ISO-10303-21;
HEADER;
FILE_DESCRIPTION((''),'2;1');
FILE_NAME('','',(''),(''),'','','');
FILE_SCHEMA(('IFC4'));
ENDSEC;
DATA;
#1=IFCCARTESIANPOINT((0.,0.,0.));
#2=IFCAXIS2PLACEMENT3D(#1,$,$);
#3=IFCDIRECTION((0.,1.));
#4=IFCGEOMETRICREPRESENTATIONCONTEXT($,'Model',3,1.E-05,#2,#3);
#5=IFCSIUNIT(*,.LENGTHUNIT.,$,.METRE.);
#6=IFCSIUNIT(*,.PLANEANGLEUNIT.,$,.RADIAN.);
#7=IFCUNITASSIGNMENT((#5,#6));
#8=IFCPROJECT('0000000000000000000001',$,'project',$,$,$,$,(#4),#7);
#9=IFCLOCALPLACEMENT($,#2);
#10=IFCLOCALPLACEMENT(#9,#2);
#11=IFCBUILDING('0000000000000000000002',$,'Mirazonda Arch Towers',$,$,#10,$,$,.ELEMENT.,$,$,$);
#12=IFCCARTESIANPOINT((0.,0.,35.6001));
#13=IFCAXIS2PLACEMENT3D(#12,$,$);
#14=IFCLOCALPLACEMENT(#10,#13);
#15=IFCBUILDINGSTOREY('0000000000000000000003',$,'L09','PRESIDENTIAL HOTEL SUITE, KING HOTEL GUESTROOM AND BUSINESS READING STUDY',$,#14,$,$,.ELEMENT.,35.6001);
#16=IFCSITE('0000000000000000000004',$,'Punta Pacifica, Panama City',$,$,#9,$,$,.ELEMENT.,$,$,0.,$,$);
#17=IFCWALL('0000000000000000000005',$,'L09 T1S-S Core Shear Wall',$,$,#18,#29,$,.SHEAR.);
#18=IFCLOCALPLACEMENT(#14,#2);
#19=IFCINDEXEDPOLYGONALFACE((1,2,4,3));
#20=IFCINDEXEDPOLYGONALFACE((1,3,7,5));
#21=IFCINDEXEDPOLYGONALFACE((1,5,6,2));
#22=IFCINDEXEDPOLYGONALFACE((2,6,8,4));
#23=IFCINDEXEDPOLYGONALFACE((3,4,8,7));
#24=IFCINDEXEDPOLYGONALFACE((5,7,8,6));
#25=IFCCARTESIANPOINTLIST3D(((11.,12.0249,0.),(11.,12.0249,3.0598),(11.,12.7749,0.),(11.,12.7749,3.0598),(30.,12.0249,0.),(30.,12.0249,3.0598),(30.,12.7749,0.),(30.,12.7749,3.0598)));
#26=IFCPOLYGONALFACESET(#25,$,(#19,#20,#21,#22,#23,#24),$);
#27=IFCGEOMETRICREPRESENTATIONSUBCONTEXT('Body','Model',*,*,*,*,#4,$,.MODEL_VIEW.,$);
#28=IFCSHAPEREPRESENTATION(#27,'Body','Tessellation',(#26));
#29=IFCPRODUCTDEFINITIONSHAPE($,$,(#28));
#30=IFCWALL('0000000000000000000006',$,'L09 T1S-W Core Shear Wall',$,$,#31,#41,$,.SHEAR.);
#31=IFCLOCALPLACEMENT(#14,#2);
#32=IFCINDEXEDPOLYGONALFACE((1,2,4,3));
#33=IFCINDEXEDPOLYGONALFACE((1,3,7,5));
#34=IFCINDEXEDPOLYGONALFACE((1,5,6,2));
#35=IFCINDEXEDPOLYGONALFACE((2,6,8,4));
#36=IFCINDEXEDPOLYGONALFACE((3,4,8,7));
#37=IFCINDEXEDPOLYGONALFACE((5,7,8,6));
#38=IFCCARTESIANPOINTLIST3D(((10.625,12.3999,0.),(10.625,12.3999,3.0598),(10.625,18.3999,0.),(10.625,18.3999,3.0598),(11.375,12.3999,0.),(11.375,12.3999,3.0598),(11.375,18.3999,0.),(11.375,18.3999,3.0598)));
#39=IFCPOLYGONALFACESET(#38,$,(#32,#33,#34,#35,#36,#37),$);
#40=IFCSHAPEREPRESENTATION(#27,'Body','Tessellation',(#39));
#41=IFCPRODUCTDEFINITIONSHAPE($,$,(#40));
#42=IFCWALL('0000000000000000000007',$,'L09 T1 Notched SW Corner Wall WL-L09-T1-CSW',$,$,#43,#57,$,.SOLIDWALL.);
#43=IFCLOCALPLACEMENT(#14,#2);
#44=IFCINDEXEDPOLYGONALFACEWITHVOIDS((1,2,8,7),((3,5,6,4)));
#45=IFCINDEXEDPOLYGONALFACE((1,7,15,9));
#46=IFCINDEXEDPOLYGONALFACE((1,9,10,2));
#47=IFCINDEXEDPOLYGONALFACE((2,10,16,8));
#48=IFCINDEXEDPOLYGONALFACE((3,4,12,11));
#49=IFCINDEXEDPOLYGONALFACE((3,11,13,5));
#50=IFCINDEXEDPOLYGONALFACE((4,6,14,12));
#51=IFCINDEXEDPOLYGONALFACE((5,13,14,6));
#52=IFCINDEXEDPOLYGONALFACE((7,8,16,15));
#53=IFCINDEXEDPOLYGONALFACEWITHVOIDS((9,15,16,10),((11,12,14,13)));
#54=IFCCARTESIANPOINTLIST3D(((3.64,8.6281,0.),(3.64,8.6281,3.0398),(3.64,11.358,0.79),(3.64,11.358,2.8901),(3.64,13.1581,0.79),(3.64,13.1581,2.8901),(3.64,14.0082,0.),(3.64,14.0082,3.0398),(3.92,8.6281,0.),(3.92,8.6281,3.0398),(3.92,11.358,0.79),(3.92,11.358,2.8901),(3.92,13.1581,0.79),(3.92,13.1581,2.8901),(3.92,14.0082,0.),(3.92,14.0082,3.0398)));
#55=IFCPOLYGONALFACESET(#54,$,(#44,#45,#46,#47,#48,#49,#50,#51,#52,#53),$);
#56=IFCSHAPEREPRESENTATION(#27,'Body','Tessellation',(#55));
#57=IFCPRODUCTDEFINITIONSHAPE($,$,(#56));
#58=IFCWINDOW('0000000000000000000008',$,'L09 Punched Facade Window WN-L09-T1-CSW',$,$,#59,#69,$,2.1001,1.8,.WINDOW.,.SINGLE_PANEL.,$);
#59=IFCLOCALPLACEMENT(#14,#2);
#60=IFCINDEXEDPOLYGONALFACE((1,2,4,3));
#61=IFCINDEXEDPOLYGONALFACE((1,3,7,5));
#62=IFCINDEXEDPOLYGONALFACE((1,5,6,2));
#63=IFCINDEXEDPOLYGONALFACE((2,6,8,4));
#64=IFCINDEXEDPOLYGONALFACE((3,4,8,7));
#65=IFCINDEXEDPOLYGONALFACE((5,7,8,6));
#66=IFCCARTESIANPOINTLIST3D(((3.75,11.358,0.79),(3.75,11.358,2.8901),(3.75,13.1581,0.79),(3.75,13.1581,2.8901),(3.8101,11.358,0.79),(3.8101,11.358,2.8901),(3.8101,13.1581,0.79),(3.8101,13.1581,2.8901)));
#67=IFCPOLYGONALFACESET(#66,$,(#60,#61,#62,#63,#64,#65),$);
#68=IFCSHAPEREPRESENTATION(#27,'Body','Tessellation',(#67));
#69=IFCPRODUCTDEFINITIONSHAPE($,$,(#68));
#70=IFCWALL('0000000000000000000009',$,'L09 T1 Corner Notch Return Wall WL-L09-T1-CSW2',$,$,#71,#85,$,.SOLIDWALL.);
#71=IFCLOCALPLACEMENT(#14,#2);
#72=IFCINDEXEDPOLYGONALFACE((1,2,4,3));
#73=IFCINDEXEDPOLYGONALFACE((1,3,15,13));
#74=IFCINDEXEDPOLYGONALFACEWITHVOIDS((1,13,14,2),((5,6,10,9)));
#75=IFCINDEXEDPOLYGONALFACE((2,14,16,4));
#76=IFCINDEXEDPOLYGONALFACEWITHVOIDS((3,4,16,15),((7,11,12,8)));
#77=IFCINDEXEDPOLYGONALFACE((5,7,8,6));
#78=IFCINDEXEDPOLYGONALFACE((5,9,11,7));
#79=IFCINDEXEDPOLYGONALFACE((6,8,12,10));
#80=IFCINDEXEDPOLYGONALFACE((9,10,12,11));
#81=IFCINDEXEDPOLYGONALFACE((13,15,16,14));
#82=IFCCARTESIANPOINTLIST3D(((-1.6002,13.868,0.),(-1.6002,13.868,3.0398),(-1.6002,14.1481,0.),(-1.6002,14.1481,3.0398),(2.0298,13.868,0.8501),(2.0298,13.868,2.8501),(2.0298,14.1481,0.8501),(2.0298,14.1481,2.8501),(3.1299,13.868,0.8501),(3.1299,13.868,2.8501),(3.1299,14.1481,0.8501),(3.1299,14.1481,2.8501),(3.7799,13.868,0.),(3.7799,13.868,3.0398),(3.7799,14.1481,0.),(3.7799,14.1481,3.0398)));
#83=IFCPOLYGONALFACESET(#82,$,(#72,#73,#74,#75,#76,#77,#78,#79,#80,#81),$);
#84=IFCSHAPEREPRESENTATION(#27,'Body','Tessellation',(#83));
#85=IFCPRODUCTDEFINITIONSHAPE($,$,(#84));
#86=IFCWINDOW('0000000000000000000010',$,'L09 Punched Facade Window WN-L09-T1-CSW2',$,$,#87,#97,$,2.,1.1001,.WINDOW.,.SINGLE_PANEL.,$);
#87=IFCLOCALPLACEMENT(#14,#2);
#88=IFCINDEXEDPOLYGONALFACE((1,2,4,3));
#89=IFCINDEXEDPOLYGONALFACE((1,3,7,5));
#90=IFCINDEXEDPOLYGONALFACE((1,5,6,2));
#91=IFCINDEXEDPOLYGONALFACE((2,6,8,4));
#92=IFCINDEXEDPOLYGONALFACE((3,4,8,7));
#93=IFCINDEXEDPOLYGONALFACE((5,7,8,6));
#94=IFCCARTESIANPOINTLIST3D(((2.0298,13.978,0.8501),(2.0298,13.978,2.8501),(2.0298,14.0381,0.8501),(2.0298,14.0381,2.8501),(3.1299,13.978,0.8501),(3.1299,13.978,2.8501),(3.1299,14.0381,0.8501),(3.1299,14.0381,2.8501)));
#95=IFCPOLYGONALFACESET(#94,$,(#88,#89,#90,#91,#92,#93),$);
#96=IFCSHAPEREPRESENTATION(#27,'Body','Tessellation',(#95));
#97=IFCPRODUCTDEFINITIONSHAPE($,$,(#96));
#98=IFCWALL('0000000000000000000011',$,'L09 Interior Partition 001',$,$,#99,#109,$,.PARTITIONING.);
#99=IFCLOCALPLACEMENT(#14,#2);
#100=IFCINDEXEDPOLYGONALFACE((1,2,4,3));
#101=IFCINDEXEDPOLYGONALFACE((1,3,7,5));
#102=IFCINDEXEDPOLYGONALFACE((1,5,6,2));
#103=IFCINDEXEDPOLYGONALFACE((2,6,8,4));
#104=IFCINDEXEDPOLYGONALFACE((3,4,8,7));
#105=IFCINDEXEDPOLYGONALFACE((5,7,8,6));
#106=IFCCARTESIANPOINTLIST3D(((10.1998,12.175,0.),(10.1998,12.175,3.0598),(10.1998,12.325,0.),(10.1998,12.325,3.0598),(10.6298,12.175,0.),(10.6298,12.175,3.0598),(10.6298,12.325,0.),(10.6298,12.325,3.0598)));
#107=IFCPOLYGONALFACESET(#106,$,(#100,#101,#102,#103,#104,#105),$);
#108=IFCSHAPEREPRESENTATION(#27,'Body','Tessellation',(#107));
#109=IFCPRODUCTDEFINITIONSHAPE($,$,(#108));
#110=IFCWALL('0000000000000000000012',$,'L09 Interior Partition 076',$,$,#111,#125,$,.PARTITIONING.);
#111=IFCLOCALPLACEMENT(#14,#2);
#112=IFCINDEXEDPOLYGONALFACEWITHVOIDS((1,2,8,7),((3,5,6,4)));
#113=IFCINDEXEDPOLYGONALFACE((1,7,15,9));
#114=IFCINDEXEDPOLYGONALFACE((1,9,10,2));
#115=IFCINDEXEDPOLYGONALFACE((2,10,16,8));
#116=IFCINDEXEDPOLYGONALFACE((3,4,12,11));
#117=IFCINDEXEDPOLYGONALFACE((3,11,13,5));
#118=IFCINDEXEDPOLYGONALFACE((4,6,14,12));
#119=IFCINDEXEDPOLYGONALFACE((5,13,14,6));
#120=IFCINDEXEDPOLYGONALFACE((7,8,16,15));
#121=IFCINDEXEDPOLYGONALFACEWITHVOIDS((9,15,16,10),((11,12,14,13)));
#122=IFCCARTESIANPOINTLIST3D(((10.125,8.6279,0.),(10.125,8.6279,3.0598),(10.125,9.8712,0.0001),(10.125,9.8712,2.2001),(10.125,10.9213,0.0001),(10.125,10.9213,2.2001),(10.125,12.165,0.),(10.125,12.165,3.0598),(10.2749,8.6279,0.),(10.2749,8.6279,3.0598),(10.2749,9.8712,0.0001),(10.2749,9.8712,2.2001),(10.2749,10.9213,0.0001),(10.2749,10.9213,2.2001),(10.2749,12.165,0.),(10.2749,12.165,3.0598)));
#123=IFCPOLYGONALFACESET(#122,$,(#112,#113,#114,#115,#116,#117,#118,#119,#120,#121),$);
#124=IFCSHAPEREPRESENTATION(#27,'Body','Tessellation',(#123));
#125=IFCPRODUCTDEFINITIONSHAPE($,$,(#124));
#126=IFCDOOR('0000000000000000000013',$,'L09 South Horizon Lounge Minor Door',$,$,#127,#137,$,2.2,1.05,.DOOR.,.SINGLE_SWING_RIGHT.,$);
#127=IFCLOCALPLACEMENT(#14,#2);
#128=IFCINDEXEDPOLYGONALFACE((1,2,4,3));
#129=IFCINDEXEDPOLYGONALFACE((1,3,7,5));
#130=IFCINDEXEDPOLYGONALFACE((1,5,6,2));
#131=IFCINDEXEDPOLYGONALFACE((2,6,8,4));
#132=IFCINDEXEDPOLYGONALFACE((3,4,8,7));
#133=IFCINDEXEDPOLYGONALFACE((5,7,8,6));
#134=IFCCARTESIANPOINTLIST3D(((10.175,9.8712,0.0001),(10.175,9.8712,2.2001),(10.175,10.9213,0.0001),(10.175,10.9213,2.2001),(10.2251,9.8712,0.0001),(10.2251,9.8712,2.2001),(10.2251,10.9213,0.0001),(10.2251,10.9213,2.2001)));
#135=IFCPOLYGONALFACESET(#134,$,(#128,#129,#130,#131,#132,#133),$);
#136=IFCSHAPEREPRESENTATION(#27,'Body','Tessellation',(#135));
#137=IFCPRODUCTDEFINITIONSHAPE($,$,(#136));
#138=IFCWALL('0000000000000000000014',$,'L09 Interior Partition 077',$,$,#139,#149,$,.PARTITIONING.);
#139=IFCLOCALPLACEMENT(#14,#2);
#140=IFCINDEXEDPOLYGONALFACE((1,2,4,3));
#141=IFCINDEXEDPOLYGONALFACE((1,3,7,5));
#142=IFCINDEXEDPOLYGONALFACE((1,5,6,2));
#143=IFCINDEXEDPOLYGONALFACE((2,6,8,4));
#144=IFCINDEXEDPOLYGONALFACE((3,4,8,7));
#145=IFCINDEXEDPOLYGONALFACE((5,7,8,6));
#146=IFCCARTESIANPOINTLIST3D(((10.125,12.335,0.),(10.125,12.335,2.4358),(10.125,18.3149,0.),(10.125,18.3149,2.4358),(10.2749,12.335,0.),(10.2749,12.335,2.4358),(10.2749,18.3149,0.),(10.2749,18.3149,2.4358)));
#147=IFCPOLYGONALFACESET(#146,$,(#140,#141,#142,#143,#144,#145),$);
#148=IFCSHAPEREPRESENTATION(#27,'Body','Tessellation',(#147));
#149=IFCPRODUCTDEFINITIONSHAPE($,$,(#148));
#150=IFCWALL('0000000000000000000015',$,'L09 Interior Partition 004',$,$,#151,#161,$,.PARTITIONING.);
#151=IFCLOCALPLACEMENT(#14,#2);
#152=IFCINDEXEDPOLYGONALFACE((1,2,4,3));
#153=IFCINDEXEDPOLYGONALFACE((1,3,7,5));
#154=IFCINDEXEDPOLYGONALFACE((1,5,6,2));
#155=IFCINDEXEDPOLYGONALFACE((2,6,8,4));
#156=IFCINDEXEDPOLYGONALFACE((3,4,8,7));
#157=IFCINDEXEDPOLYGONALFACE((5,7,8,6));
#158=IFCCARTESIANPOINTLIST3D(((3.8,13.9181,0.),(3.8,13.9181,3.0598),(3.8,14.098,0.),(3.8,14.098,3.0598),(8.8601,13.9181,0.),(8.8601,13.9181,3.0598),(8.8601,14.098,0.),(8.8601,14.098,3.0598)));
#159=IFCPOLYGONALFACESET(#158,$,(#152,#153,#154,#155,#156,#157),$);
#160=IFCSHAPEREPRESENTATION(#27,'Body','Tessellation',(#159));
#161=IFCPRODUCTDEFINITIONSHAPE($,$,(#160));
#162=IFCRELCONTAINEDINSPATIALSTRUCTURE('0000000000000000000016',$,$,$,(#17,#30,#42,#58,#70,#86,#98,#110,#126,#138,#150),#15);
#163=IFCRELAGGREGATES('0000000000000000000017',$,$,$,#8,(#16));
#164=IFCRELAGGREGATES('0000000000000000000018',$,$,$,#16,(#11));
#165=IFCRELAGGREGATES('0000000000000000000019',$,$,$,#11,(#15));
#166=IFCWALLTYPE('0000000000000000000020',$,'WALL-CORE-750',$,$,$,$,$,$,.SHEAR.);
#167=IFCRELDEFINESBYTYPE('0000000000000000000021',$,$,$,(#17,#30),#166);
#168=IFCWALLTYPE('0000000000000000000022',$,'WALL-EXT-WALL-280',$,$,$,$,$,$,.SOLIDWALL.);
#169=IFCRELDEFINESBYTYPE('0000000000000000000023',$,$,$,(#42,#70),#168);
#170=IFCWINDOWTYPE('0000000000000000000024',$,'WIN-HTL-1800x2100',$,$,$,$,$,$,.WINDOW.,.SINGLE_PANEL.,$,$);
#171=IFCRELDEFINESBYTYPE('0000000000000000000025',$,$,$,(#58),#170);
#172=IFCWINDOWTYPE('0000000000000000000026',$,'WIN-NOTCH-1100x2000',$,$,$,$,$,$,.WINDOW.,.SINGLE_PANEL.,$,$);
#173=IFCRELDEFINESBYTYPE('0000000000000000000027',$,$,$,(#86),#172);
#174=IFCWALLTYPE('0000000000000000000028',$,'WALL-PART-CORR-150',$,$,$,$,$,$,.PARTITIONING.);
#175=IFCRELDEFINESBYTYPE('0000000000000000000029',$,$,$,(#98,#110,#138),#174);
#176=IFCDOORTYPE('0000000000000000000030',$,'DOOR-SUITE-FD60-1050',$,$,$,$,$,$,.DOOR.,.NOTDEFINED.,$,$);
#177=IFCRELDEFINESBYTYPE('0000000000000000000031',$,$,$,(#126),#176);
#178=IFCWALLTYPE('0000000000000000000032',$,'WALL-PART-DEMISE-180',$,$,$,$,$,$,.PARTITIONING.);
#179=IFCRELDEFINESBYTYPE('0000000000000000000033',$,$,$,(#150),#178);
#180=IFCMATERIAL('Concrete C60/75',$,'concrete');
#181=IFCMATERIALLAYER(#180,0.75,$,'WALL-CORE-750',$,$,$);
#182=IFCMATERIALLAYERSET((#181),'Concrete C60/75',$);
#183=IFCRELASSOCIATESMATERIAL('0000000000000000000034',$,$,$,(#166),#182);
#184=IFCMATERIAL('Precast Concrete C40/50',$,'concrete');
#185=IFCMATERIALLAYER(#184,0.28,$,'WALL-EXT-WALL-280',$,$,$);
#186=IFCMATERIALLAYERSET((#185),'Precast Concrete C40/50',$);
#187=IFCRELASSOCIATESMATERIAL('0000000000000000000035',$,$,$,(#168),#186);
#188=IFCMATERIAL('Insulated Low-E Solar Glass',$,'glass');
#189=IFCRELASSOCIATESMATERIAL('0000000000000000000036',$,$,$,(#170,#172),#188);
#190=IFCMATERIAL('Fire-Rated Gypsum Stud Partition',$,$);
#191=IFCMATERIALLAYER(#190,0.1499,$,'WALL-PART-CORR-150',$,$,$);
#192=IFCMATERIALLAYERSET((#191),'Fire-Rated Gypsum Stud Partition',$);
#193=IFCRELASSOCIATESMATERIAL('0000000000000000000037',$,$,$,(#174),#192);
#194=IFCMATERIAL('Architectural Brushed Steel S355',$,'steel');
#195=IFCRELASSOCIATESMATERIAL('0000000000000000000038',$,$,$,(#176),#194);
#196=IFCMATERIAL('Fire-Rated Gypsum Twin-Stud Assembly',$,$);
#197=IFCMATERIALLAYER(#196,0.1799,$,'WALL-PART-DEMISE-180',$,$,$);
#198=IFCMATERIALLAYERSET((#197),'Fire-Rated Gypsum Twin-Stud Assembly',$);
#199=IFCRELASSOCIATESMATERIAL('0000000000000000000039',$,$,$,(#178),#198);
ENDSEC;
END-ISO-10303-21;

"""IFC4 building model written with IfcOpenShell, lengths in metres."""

from ifc_helpers import new_model, si_unit, direction, frame, frame_2d, origin, place, context, subcontext, project, spatial, rectangle, extrude, material, layer, layer_set, type_object, element, fill, save


model = new_model("IFC4")

# Units and contexts
model_context = context("Model", 3, precision=1e-05, world=origin(), true_north=direction((0.0, 1.0)))
body_context = subcontext(model_context, "Body", "Model", "MODEL_VIEW")
ifc_project = project(units=[si_unit("LENGTHUNIT", "METRE"), si_unit("PLANEANGLEUNIT", "RADIAN")], contexts=[model_context])

# Site, building, storey
site_placement = place(None, origin())
site = spatial("IfcSite", under=ifc_project, at=site_placement, Name="Punta Pacifica, Panama City", CompositionType="ELEMENT", RefElevation=0.0)
building_placement = place(site_placement, origin())
building = spatial("IfcBuilding", under=site, at=building_placement, Name="Mirazonda Arch Towers", CompositionType="ELEMENT")
storey_placement = place(building_placement, frame((0.0, 0.0, 35.6001)))
storey = spatial("IfcBuildingStorey", under=building, at=storey_placement, Name="L09", Description="PRESIDENTIAL HOTEL SUITE, KING HOTEL GUESTROOM AND BUSINESS READING STUDY", CompositionType="ELEMENT", Elevation=35.6001)

# Shared definitions
ifc_material_1 = material(Name="Concrete C60/75", Category="concrete")

# Shared definitions
ifc_material_2 = material(Name="Insulated Low-E Solar Glass", Category="glass")

# Walls
ifc_layer_1 = layer(ifc_material_1, 0.75, Name="WALL-CORE-750")
ifc_layer_set_1 = layer_set([ifc_layer_1], Name="Concrete C60/75")
wall_type_1 = type_object("IfcWallType", Name="WALL-CORE-750", PredefinedType="SHEAR", material=ifc_layer_set_1)
wall_1_placement = place(storey_placement, frame((11.0, 12.3999, 0.0), z_axis=(0.0, 0.0, 1.0), x_axis=(1.0, 0.0, 0.0)))
element("IfcWall", 1, at=wall_1_placement, inside=storey, type_object=wall_type_1, Name="L09 T1S-S Core Shear Wall", PredefinedType="SHEAR", context=body_context, shape_type="SweptSolid", body=[
    extrude(rectangle(XDim=19.0, YDim=0.75, at=frame_2d((9.5, 0.0))), origin(), (0.0, 0.0, 1.0), 3.0598),
])
wall_2_placement = place(storey_placement, frame((11.0, 12.3999, 0.0), z_axis=(0.0, 0.0, 1.0), x_axis=(0.0, 1.0, 0.0)))
element("IfcWall", 2, at=wall_2_placement, inside=storey, type_object=wall_type_1, Name="L09 T1S-W Core Shear Wall", PredefinedType="SHEAR", context=body_context, shape_type="SweptSolid", body=[
    extrude(rectangle(XDim=6.0, YDim=0.75, at=frame_2d((3.0, 0.0))), origin(), (0.0, 0.0, 1.0), 3.0598),
])

# Walls, openings, windows
ifc_material_3 = material(Name="Precast Concrete C40/50", Category="concrete")
ifc_layer_2 = layer(ifc_material_3, 0.28, Name="WALL-EXT-WALL-280")
ifc_layer_set_2 = layer_set([ifc_layer_2], Name="Precast Concrete C40/50")
wall_type_2 = type_object("IfcWallType", Name="WALL-EXT-WALL-280", PredefinedType="SOLIDWALL", material=ifc_layer_set_2)
wall_3_placement = place(storey_placement, frame((3.78, 14.0081, 0.0), z_axis=(0.0, 0.0, 1.0), x_axis=(0.0, -1.0, 0.0)))
wall_3 = element("IfcWall", 3, at=wall_3_placement, inside=storey, type_object=wall_type_2, Name="L09 T1 Notched SW Corner Wall WL-L09-T1-CSW", PredefinedType="SOLIDWALL", context=body_context, shape_type="SweptSolid", body=[
    extrude(rectangle(XDim=5.3801, YDim=0.28, at=frame_2d((2.6899, 0.0))), origin(), (0.0, 0.0, 1.0), 3.0398),
])
opening_1_placement = place(wall_3_placement, frame((0.8501, 0.0, 0.79)))
opening_1 = element("IfcOpeningElement", 4, at=opening_1_placement, cuts=wall_3, PredefinedType="OPENING", context=body_context, shape_type="SweptSolid", body=[
    extrude(rectangle(XDim=1.8, YDim=2.1001, at=frame_2d((0.8999, 1.05))), frame((0.0, 0.1499, 0.0), z_axis=(0.0, -1.0, 0.0), x_axis=(1.0, 0.0, 0.0)), (0.0, 0.0, 1.0), 0.3),
])
window_type_1 = type_object("IfcWindowType", Name="WIN-HTL-1800x2100", PartitioningType="SINGLE_PANEL", PredefinedType="WINDOW", material=ifc_material_2)
window_1_placement = place(opening_1_placement, origin())
window_1 = element("IfcWindow", 5, at=window_1_placement, inside=storey, type_object=window_type_1, Name="L09 Punched Facade Window WN-L09-T1-CSW", OverallHeight=2.1001, OverallWidth=1.8, PartitioningType="SINGLE_PANEL", PredefinedType="WINDOW", context=body_context, shape_type="SweptSolid", body=[
    extrude(rectangle(XDim=1.8, YDim=2.1001, at=frame_2d((0.8999, 1.05))), frame((0.0, 0.03, 0.0), z_axis=(0.0, -1.0, 0.0), x_axis=(1.0, 0.0, 0.0)), (0.0, 0.0, 1.0), 0.0601),
])
fill(opening_1, window_1)
wall_4_placement = place(storey_placement, frame((-1.6001, 14.0081, 0.0), z_axis=(0.0, 0.0, 1.0), x_axis=(1.0, 0.0, 0.0)))
wall_4 = element("IfcWall", 6, at=wall_4_placement, inside=storey, type_object=wall_type_2, Name="L09 T1 Corner Notch Return Wall WL-L09-T1-CSW2", PredefinedType="SOLIDWALL", context=body_context, shape_type="SweptSolid", body=[
    extrude(rectangle(XDim=5.3801, YDim=0.28, at=frame_2d((2.6899, 0.0))), origin(), (0.0, 0.0, 1.0), 3.0398),
])
opening_2_placement = place(wall_4_placement, frame((3.6299, 0.0, 0.8501)))
opening_2 = element("IfcOpeningElement", 7, at=opening_2_placement, cuts=wall_4, PredefinedType="OPENING", context=body_context, shape_type="SweptSolid", body=[
    extrude(rectangle(XDim=1.1001, YDim=2.0, at=frame_2d((0.55, 1.0))), frame((0.0, 0.1499, 0.0), z_axis=(0.0, -1.0, 0.0), x_axis=(1.0, 0.0, 0.0)), (0.0, 0.0, 1.0), 0.3),
])
window_type_2 = type_object("IfcWindowType", Name="WIN-NOTCH-1100x2000", PartitioningType="SINGLE_PANEL", PredefinedType="WINDOW", material=ifc_material_2)
window_2_placement = place(opening_2_placement, origin())
window_2 = element("IfcWindow", 8, at=window_2_placement, inside=storey, type_object=window_type_2, Name="L09 Punched Facade Window WN-L09-T1-CSW2", OverallHeight=2.0, OverallWidth=1.1001, PartitioningType="SINGLE_PANEL", PredefinedType="WINDOW", context=body_context, shape_type="SweptSolid", body=[
    extrude(rectangle(XDim=1.1001, YDim=2.0, at=frame_2d((0.55, 1.0))), frame((0.0, 0.03, 0.0), z_axis=(0.0, -1.0, 0.0), x_axis=(1.0, 0.0, 0.0)), (0.0, 0.0, 1.0), 0.0601),
])
fill(opening_2, window_2)

# Wall
ifc_material_4 = material(Name="Fire-Rated Gypsum Stud Partition")
ifc_layer_3 = layer(ifc_material_4, 0.1499, Name="WALL-PART-CORR-150")
ifc_layer_set_3 = layer_set([ifc_layer_3], Name="Fire-Rated Gypsum Stud Partition")
wall_type_3 = type_object("IfcWallType", Name="WALL-PART-CORR-150", PredefinedType="PARTITIONING", material=ifc_layer_set_3)
wall_5_placement = place(storey_placement, frame((10.2, 12.25, 0.0), z_axis=(0.0, 0.0, 1.0), x_axis=(1.0, 0.0, 0.0)))
element("IfcWall", 9, at=wall_5_placement, inside=storey, type_object=wall_type_3, Name="L09 Interior Partition 001", PredefinedType="PARTITIONING", context=body_context, shape_type="SweptSolid", body=[
    extrude(rectangle(XDim=0.4299, YDim=0.1499, at=frame_2d((0.2148, 0.0))), origin(), (0.0, 0.0, 1.0), 3.0598),
])

# Wall, opening, door
wall_6_placement = place(storey_placement, frame((10.2, 8.6279, 0.0), z_axis=(0.0, 0.0, 1.0), x_axis=(0.0, 1.0, 0.0)))
wall_6 = element("IfcWall", 10, at=wall_6_placement, inside=storey, type_object=wall_type_3, Name="L09 Interior Partition 076", PredefinedType="PARTITIONING", context=body_context, shape_type="SweptSolid", body=[
    extrude(rectangle(XDim=3.5371, YDim=0.1499, at=frame_2d((1.7686, 0.0))), origin(), (0.0, 0.0, 1.0), 3.0598),
])
opening_3_placement = place(wall_6_placement, frame((1.2434, 0.0, 0.0)))
opening_3 = element("IfcOpeningElement", 11, at=opening_3_placement, cuts=wall_6, PredefinedType="OPENING", context=body_context, shape_type="SweptSolid", body=[
    extrude(rectangle(XDim=1.05, YDim=2.2, at=frame_2d((0.5249, 1.1001))), frame((0.0, 0.085, 0.0), z_axis=(0.0, -1.0, 0.0), x_axis=(1.0, 0.0, 0.0)), (0.0, 0.0, 1.0), 0.1699),
])
ifc_material_5 = material(Name="Architectural Brushed Steel S355", Category="steel")
door_type_1 = type_object("IfcDoorType", Name="DOOR-SUITE-FD60-1050", OperationType="NOTDEFINED", PredefinedType="DOOR", material=ifc_material_5)
door_1_placement = place(opening_3_placement, origin())
door_1 = element("IfcDoor", 12, at=door_1_placement, inside=storey, type_object=door_type_1, Name="L09 South Horizon Lounge Minor Door", OperationType="SINGLE_SWING_RIGHT", OverallHeight=2.2, OverallWidth=1.05, PredefinedType="DOOR", context=body_context, shape_type="SweptSolid", body=[
    extrude(rectangle(XDim=1.05, YDim=2.2, at=frame_2d((0.5249, 1.1001))), frame((0.0, 0.0249, 0.0), z_axis=(0.0, -1.0, 0.0), x_axis=(1.0, 0.0, 0.0)), (0.0, 0.0, 1.0), 0.05),
])
fill(opening_3, door_1)

# Walls
wall_7_placement = place(storey_placement, frame((10.2, 12.335, 0.0), z_axis=(0.0, 0.0, 1.0), x_axis=(0.0, 1.0, 0.0)))
element("IfcWall", 13, at=wall_7_placement, inside=storey, type_object=wall_type_3, Name="L09 Interior Partition 077", PredefinedType="PARTITIONING", context=body_context, shape_type="SweptSolid", body=[
    extrude(rectangle(XDim=5.98, YDim=0.1499, at=frame_2d((2.99, 0.0))), origin(), (0.0, 0.0, 1.0), 2.4358),
])
ifc_material_6 = material(Name="Fire-Rated Gypsum Twin-Stud Assembly")
ifc_layer_4 = layer(ifc_material_6, 0.1799, Name="WALL-PART-DEMISE-180")
ifc_layer_set_4 = layer_set([ifc_layer_4], Name="Fire-Rated Gypsum Twin-Stud Assembly")
wall_type_4 = type_object("IfcWallType", Name="WALL-PART-DEMISE-180", PredefinedType="PARTITIONING", material=ifc_layer_set_4)
wall_8_placement = place(storey_placement, frame((3.8, 14.0081, 0.0), z_axis=(0.0, 0.0, 1.0), x_axis=(1.0, 0.0, 0.0)))
element("IfcWall", 14, at=wall_8_placement, inside=storey, type_object=wall_type_4, Name="L09 Interior Partition 004", PredefinedType="PARTITIONING", context=body_context, shape_type="SweptSolid", body=[
    extrude(rectangle(XDim=5.0601, YDim=0.1799, at=frame_2d((2.53, 0.0))), origin(), (0.0, 0.0, 1.0), 3.0598),
])

save(model, "model.ifc")
